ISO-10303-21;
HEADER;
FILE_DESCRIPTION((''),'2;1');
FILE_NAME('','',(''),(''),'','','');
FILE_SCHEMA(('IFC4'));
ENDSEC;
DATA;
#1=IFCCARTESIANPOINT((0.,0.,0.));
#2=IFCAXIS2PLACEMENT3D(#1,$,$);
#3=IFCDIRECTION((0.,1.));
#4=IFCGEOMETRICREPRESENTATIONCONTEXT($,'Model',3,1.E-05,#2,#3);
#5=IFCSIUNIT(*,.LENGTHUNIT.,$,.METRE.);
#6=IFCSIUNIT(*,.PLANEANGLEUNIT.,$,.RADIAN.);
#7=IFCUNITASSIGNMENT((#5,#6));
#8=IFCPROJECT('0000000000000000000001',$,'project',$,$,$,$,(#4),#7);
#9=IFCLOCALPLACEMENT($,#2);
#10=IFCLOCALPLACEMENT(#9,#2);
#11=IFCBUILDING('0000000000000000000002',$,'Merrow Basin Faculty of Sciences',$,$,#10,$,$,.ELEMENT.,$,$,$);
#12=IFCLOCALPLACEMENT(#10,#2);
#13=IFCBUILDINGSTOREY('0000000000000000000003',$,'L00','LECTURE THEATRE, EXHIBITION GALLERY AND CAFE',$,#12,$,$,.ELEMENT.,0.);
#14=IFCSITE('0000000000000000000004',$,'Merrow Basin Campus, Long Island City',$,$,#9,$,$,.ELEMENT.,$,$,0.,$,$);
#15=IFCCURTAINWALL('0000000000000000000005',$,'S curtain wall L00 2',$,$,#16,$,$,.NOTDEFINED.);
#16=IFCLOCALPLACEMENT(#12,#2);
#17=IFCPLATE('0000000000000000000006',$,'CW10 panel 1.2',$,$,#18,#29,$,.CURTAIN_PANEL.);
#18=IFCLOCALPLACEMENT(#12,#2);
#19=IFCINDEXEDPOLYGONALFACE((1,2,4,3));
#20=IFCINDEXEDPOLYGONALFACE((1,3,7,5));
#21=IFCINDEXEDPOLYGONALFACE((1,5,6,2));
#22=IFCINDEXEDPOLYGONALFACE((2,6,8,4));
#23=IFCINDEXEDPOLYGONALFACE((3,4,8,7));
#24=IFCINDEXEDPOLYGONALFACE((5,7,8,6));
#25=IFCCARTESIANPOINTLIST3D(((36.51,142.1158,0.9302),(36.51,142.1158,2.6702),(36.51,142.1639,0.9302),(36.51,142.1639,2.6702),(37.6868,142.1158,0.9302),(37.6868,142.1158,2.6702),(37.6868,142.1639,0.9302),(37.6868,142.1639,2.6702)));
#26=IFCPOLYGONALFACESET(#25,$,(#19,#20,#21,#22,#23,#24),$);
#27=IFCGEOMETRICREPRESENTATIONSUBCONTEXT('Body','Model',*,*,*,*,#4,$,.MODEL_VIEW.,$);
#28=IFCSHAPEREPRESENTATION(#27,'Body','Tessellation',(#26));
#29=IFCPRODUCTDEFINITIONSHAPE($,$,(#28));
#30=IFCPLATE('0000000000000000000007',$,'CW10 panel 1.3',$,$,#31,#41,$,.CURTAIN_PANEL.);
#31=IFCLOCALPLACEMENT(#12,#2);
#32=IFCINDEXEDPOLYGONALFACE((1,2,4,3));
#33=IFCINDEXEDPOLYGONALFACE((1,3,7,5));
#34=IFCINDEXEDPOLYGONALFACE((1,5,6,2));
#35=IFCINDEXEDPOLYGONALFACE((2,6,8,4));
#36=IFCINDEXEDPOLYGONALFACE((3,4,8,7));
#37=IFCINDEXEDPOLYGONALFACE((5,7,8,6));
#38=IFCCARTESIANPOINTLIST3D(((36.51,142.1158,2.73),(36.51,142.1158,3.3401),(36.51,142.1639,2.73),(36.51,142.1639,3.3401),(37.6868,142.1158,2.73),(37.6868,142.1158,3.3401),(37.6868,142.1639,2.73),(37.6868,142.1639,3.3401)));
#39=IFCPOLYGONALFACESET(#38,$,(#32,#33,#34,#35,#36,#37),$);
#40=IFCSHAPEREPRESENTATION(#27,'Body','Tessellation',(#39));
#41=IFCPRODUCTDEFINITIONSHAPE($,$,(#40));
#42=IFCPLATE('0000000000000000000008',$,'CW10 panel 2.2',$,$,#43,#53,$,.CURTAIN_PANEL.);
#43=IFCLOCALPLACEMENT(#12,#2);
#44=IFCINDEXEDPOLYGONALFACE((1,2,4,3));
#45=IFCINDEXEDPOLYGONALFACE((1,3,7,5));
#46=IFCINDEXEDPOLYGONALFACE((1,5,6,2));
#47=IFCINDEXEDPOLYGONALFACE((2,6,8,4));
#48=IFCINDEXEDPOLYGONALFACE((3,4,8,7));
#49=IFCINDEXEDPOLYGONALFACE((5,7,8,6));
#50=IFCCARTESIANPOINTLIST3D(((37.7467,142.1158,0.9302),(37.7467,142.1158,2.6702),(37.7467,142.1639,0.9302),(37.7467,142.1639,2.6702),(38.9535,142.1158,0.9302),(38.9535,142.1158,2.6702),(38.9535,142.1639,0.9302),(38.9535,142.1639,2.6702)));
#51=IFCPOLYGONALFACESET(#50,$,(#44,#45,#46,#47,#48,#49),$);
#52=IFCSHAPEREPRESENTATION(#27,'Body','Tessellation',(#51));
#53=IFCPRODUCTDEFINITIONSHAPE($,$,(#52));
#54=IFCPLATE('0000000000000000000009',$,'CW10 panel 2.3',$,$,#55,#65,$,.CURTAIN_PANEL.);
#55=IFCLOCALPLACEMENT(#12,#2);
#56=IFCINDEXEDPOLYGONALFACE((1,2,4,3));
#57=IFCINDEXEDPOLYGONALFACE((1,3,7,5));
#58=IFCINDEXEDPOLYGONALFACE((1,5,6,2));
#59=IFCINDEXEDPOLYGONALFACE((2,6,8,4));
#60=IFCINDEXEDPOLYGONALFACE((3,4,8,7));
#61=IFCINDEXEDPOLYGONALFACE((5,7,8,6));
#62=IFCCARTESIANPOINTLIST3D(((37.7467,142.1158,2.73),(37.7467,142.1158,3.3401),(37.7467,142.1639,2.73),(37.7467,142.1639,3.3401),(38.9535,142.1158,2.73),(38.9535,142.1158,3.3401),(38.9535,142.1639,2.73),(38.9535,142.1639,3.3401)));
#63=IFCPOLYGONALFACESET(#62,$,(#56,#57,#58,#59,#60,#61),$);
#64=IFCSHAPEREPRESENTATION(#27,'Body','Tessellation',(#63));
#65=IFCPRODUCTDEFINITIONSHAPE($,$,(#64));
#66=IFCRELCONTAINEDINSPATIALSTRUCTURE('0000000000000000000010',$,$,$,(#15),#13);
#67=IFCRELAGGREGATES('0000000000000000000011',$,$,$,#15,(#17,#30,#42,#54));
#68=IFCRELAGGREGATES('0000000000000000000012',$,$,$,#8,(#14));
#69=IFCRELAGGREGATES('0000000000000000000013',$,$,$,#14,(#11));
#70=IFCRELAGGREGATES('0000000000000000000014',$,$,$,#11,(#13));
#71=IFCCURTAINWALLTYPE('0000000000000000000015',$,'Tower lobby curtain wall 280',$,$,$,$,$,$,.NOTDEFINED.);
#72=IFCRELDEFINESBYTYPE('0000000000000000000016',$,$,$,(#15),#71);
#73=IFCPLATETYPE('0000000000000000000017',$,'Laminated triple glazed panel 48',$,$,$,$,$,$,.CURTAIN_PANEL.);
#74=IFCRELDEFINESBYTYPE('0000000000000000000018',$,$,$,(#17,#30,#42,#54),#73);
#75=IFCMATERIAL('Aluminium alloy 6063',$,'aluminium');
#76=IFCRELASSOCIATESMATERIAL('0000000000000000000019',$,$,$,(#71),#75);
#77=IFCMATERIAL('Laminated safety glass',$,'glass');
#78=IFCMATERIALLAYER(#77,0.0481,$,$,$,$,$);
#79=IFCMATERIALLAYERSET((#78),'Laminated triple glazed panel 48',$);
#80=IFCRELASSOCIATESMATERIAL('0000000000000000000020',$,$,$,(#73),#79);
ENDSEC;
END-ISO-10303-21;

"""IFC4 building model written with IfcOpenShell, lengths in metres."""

from ifc_helpers import new_model, si_unit, direction, frame, origin, origin_2d, place, context, subcontext, project, spatial, rectangle, extrude, material, layer, layer_set, type_object, element, aggregate, save


model = new_model("IFC4")

# Units and contexts
model_context = context("Model", 3, precision=1e-05, world=origin(), true_north=direction((0.0, 1.0)))
body_context = subcontext(model_context, "Body", "Model", "MODEL_VIEW")
ifc_project = project(units=[si_unit("LENGTHUNIT", "METRE"), si_unit("PLANEANGLEUNIT", "RADIAN")], contexts=[model_context])

# Site, building, storey
site_placement = place(None, origin())
site = spatial("IfcSite", under=ifc_project, at=site_placement, Name="Merrow Basin Campus, Long Island City", CompositionType="ELEMENT", RefElevation=0.0)
building_placement = place(site_placement, origin())
building = spatial("IfcBuilding", under=site, at=building_placement, Name="Merrow Basin Faculty of Sciences", CompositionType="ELEMENT")
storey_placement = place(building_placement, origin())
storey = spatial("IfcBuildingStorey", under=building, at=storey_placement, Name="L00", Description="LECTURE THEATRE, EXHIBITION GALLERY AND CAFE", CompositionType="ELEMENT", Elevation=0.0)

# Curtain wall, plates
ifc_material_1 = material(Name="Aluminium alloy 6063", Category="aluminium")
curtain_wall_type = type_object("IfcCurtainWallType", Name="Tower lobby curtain wall 280", PredefinedType="NOTDEFINED", material=ifc_material_1)
curtain_wall_placement = place(storey_placement, origin())
curtain_wall = element("IfcCurtainWall", 1, at=curtain_wall_placement, inside=storey, type_object=curtain_wall_type, Name="S curtain wall L00 2", PredefinedType="NOTDEFINED")
ifc_material_2 = material(Name="Laminated safety glass", Category="glass")
ifc_layer_1 = layer(ifc_material_2, 0.0481)
ifc_layer_set_1 = layer_set([ifc_layer_1], Name="Laminated triple glazed panel 48")
plate_type_1 = type_object("IfcPlateType", Name="Laminated triple glazed panel 48", PredefinedType="CURTAIN_PANEL", material=ifc_layer_set_1)
plate_1_placement = place(storey_placement, frame((37.0984, 142.1399, 0.9302), z_axis=(0.0, 0.0, 1.0), x_axis=(1.0, 0.0, 0.0)))
plate_1 = element("IfcPlate", 2, at=plate_1_placement, type_object=plate_type_1, Name="CW10 panel 1.2", PredefinedType="CURTAIN_PANEL", context=body_context, shape_type="SweptSolid", body=[
    extrude(rectangle(XDim=1.1768, YDim=0.0481, at=origin_2d()), origin(), (0.0, 0.0, 1.0), 1.74),
])
plate_2_placement = place(storey_placement, frame((37.0984, 142.1399, 2.73), z_axis=(0.0, 0.0, 1.0), x_axis=(1.0, 0.0, 0.0)))
plate_2 = element("IfcPlate", 3, at=plate_2_placement, type_object=plate_type_1, Name="CW10 panel 1.3", PredefinedType="CURTAIN_PANEL", context=body_context, shape_type="SweptSolid", body=[
    extrude(rectangle(XDim=1.1768, YDim=0.0481, at=origin_2d()), origin(), (0.0, 0.0, 1.0), 0.6101),
])
plate_3_placement = place(storey_placement, frame((38.3501, 142.1399, 0.9302), z_axis=(0.0, 0.0, 1.0), x_axis=(1.0, 0.0, 0.0)))
plate_3 = element("IfcPlate", 4, at=plate_3_placement, type_object=plate_type_1, Name="CW10 panel 2.2", PredefinedType="CURTAIN_PANEL", context=body_context, shape_type="SweptSolid", body=[
    extrude(rectangle(XDim=1.2068, YDim=0.0481, at=origin_2d()), origin(), (0.0, 0.0, 1.0), 1.74),
])
plate_4_placement = place(storey_placement, frame((38.3501, 142.1399, 2.73), z_axis=(0.0, 0.0, 1.0), x_axis=(1.0, 0.0, 0.0)))
plate_4 = element("IfcPlate", 5, at=plate_4_placement, type_object=plate_type_1, Name="CW10 panel 2.3", PredefinedType="CURTAIN_PANEL", context=body_context, shape_type="SweptSolid", body=[
    extrude(rectangle(XDim=1.2068, YDim=0.0481, at=origin_2d()), origin(), (0.0, 0.0, 1.0), 0.6101),
])
aggregate(curtain_wall, [plate_1, plate_2, plate_3, plate_4])

save(model, "model.ifc")
